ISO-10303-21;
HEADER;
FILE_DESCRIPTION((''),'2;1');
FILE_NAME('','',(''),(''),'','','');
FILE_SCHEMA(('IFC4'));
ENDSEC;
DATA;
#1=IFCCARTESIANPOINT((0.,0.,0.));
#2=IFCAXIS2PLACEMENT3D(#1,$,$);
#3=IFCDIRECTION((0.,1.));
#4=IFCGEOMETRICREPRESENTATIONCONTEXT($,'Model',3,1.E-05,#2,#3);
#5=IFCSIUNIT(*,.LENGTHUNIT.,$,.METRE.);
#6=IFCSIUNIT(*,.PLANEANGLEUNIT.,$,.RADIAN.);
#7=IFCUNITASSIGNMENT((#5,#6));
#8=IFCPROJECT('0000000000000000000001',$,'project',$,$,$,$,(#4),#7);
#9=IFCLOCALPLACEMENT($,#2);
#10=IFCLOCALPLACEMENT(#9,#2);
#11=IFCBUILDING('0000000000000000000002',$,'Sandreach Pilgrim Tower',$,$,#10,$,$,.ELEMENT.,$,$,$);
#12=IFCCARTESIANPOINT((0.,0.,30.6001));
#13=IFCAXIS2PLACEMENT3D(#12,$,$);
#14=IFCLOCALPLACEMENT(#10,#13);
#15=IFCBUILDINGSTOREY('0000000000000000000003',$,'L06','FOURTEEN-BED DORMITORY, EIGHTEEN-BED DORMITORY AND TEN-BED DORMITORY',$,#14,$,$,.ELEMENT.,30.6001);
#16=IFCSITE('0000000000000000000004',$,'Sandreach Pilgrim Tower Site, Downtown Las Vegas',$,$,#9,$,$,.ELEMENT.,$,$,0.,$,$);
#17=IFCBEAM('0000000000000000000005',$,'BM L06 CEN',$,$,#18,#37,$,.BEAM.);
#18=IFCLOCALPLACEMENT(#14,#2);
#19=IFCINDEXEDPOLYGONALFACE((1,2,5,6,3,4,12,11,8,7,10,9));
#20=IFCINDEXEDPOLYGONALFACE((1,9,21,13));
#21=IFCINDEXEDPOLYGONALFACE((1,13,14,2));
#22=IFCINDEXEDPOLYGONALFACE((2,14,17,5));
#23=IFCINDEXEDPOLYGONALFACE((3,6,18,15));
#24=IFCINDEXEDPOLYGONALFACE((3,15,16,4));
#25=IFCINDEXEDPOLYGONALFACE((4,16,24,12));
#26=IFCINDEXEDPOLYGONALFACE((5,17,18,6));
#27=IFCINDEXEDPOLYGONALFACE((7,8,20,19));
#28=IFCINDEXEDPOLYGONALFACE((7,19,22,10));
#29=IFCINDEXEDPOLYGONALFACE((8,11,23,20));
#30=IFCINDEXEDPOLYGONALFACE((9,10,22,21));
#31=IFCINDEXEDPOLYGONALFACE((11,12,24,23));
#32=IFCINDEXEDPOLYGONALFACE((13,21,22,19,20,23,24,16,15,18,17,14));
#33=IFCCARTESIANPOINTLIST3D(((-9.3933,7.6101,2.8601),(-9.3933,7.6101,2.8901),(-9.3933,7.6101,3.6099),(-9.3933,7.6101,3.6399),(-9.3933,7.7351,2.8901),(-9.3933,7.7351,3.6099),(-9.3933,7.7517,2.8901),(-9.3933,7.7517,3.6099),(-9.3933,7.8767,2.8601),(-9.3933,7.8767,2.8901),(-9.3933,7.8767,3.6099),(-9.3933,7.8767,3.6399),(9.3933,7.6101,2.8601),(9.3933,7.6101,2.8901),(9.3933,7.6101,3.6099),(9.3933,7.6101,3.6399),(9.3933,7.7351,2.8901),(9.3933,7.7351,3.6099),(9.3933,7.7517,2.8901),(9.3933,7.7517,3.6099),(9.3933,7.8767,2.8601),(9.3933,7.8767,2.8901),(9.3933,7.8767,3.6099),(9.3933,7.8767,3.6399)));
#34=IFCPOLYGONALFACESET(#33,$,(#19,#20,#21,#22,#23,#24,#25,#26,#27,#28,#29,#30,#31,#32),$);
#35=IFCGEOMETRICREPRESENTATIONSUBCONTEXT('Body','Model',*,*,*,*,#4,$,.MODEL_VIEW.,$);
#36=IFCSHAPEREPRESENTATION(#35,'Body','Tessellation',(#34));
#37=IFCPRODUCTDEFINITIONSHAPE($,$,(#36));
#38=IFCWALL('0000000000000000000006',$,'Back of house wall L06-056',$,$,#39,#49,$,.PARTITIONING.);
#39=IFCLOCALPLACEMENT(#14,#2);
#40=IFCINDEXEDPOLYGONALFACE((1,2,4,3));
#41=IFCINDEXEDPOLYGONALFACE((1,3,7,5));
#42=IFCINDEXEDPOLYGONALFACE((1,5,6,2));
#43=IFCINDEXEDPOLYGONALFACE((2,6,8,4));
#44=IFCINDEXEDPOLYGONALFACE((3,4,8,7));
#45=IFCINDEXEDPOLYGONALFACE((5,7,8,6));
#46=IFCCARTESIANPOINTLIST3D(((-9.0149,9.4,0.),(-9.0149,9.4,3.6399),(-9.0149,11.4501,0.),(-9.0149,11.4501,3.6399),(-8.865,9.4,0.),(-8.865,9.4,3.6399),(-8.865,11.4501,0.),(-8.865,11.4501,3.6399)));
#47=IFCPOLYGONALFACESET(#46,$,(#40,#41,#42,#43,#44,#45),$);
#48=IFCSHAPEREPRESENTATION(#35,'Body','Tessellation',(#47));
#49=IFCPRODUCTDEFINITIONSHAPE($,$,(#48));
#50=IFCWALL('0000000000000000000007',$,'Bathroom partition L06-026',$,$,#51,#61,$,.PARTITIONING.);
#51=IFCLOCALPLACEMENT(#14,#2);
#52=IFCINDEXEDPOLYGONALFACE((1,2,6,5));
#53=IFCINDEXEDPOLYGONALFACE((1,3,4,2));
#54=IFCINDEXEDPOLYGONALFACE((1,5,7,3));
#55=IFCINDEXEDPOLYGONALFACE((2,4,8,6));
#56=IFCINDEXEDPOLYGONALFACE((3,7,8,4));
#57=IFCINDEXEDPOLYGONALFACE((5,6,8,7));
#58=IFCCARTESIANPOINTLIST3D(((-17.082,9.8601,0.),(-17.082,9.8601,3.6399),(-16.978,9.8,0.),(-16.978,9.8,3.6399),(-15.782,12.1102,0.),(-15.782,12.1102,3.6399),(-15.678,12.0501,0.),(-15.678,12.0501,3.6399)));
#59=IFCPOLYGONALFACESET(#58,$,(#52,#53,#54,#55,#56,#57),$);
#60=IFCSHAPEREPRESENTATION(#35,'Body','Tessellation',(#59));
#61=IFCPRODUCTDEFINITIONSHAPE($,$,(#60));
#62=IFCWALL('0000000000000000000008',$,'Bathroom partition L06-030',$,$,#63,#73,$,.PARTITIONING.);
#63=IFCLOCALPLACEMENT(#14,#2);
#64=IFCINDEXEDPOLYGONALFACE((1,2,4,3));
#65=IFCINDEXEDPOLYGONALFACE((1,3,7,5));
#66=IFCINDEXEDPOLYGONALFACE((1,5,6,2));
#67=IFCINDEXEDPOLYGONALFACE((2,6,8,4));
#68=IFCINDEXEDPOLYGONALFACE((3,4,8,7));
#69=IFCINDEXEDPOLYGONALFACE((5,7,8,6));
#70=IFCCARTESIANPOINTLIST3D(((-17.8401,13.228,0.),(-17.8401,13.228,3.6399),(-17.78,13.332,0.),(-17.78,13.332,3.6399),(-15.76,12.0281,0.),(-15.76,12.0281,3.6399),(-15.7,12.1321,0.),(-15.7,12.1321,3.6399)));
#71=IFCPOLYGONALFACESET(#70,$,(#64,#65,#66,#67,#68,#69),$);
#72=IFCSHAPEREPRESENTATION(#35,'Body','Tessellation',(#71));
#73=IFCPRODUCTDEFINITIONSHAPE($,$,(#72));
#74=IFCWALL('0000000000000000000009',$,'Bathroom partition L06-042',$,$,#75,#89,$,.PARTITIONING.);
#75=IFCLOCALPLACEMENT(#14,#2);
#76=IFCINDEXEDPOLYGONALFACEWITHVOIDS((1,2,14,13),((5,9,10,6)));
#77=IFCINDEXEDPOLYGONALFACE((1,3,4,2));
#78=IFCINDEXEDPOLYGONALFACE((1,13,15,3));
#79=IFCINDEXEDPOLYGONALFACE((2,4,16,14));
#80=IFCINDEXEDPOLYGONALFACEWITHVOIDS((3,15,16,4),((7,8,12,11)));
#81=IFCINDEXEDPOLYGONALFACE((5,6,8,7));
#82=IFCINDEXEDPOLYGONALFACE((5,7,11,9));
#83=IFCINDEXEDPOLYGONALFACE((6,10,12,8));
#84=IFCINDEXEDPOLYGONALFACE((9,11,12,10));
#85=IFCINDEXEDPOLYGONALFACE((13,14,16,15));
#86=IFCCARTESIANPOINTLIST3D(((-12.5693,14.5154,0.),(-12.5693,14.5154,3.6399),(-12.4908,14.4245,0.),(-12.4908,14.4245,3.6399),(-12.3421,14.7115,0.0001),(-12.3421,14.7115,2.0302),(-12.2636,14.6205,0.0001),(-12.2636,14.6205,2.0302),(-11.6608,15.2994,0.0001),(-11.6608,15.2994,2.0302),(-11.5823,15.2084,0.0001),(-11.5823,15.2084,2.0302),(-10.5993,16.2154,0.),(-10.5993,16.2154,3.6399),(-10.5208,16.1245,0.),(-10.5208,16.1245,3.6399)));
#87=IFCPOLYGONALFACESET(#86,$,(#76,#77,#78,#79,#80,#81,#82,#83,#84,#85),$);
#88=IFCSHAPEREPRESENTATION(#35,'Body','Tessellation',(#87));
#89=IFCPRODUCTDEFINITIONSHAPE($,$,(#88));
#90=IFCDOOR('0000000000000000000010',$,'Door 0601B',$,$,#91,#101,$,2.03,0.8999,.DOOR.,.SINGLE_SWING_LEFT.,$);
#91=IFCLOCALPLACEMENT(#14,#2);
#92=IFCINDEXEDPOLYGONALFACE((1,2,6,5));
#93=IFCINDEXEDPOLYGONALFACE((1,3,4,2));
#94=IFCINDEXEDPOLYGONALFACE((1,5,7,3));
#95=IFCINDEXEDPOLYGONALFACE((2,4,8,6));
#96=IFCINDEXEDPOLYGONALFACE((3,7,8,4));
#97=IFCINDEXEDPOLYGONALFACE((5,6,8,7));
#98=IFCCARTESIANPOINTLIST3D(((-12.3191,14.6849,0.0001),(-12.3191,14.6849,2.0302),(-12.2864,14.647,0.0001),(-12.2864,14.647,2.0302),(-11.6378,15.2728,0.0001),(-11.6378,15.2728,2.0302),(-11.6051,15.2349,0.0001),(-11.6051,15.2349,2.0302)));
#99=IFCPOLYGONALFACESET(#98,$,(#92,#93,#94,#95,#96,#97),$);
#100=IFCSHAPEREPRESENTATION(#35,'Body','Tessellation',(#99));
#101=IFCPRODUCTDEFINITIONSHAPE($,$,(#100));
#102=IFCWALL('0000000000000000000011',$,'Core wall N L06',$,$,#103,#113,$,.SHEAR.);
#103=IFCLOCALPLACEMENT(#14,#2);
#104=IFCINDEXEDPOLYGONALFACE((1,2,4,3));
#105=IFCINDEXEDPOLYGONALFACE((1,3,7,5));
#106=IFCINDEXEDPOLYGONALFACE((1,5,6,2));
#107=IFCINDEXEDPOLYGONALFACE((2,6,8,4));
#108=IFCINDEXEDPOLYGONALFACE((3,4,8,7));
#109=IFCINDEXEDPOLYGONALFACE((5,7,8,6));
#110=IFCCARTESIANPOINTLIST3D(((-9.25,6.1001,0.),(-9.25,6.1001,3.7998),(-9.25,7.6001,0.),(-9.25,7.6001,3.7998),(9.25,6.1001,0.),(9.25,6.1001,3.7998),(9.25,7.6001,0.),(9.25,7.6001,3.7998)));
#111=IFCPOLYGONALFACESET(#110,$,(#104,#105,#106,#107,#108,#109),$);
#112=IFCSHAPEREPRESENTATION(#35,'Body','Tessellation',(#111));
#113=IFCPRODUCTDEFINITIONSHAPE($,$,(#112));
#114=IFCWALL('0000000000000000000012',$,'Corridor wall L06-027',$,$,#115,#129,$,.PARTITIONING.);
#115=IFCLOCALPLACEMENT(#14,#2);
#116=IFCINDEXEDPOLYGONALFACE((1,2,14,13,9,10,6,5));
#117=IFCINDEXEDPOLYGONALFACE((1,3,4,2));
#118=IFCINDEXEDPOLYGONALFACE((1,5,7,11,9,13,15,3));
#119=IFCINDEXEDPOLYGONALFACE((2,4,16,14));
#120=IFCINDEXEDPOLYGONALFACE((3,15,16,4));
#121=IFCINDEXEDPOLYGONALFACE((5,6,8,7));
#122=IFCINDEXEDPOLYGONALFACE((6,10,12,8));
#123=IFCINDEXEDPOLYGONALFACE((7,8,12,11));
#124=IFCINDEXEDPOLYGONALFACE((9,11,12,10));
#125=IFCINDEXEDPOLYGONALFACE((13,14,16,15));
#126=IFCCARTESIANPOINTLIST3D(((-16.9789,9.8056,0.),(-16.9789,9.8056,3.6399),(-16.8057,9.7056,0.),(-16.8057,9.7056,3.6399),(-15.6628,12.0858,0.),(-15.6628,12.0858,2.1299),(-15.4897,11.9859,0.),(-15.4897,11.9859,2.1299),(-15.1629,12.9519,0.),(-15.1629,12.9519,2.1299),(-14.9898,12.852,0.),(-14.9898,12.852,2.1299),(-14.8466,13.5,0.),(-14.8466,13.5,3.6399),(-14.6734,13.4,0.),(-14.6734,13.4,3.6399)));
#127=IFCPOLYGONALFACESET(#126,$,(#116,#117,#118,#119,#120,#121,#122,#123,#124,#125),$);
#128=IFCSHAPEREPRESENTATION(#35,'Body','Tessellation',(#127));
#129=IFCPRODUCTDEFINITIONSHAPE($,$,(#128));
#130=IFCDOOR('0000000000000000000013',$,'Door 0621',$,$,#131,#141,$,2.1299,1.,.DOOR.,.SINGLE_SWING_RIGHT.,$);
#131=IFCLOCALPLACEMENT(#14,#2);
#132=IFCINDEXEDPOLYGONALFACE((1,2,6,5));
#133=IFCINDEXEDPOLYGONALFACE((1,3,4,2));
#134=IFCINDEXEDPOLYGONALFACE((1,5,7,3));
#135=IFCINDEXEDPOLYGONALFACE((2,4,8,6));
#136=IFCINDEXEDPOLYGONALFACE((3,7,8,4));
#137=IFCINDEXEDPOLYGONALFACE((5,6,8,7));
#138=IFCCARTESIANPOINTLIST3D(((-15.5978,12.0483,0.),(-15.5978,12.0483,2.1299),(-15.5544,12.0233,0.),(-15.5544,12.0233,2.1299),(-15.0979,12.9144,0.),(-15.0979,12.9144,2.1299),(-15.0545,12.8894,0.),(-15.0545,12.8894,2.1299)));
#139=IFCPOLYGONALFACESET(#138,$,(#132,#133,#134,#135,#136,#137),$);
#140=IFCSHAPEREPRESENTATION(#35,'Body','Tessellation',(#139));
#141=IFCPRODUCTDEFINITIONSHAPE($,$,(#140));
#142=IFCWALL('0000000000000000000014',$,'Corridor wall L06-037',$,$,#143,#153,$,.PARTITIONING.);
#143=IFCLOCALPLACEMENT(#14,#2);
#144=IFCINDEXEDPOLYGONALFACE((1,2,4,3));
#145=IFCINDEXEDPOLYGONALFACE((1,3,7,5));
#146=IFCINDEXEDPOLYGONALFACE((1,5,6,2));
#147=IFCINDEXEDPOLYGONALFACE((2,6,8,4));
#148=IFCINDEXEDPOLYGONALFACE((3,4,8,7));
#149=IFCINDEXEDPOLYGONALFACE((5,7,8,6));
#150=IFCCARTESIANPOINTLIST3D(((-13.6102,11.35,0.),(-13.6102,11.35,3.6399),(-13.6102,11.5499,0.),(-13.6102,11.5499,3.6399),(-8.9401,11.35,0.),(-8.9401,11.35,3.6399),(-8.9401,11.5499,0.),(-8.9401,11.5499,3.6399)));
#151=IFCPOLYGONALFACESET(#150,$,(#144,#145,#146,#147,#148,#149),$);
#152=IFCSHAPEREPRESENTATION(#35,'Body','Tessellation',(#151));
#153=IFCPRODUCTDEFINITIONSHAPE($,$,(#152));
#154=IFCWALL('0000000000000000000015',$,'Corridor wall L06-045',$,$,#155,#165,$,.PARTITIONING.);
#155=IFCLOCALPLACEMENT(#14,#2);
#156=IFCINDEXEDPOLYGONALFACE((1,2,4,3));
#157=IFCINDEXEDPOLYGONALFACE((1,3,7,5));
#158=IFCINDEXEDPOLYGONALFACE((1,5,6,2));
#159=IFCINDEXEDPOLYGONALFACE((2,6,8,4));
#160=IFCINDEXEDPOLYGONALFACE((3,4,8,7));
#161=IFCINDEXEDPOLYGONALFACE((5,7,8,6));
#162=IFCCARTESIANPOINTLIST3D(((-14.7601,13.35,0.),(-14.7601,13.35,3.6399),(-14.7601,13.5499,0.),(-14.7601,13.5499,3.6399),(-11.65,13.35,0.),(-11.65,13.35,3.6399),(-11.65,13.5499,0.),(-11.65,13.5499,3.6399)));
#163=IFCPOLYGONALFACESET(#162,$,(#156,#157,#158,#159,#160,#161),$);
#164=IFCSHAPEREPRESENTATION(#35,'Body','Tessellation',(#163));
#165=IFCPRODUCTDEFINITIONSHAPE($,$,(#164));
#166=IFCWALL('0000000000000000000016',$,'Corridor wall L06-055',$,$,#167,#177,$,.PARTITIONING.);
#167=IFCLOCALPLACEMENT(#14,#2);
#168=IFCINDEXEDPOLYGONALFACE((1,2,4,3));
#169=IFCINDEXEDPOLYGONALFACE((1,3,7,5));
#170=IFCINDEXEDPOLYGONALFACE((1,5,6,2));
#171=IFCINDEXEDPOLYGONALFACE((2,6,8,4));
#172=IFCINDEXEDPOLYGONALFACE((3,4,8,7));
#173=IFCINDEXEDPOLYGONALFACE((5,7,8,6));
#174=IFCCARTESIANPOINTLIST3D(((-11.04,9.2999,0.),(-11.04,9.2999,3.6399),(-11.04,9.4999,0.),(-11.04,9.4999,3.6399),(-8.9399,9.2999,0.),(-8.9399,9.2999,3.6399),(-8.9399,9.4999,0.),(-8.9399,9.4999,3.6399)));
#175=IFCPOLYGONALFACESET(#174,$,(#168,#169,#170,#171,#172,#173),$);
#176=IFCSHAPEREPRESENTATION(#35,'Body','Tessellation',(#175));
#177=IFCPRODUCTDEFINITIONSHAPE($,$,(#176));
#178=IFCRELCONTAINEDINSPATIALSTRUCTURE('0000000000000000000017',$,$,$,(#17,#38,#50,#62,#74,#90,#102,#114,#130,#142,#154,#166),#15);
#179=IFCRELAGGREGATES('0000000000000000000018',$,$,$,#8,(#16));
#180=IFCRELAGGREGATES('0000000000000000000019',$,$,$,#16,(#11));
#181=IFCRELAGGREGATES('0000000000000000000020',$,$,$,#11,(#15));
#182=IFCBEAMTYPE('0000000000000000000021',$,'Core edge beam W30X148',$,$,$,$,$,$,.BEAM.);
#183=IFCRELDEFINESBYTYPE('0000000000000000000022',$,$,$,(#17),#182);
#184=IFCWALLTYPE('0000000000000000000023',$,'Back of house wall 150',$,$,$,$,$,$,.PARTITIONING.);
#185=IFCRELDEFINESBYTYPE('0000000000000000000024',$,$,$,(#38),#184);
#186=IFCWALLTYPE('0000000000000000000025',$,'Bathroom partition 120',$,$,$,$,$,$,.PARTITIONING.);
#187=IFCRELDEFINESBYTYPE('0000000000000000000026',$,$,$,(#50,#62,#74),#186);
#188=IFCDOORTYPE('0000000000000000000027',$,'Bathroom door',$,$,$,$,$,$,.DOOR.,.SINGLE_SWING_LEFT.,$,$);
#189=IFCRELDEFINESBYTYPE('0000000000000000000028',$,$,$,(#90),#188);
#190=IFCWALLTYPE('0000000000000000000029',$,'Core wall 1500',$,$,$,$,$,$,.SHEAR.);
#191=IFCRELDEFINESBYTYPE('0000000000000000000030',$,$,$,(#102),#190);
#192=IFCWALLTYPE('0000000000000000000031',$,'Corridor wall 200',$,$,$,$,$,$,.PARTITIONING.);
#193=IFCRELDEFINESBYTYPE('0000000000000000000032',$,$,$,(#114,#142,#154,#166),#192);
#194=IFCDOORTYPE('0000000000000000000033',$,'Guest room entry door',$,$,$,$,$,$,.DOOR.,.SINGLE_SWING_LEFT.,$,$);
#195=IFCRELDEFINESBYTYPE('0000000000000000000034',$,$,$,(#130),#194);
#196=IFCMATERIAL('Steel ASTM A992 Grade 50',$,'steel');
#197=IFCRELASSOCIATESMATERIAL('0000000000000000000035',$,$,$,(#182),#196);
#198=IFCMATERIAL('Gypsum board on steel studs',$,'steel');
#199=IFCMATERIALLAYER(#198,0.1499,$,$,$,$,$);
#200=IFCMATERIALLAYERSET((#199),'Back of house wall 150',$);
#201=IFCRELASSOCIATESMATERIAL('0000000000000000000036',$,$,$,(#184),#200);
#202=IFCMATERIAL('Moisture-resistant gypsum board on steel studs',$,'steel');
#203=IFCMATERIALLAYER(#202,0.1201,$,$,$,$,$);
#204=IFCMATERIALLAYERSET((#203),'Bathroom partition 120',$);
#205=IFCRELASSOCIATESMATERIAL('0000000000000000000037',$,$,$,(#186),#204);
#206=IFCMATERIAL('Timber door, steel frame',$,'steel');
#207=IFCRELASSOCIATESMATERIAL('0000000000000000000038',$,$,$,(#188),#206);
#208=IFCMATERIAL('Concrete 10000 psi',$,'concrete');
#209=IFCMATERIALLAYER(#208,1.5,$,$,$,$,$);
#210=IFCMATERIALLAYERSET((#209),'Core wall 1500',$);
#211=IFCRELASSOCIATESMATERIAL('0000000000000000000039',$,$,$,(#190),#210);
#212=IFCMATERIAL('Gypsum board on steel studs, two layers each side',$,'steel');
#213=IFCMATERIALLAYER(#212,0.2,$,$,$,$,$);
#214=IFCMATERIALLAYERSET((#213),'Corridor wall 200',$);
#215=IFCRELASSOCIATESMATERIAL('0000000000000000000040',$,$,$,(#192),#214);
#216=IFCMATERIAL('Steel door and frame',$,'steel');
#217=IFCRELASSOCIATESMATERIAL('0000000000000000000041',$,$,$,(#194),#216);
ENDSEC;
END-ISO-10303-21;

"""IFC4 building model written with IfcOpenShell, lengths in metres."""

from ifc_helpers import new_model, si_unit, direction, frame, frame_2d, origin, origin_2d, place, context, subcontext, project, spatial, rectangle, i_section, extrude, material, layer, layer_set, material_profile, profile_set, type_object, element, fill, save


model = new_model("IFC4")

# Units and contexts
model_context = context("Model", 3, precision=1e-05, world=origin(), true_north=direction((0.0, 1.0)))
body_context = subcontext(model_context, "Body", "Model", "MODEL_VIEW")
ifc_project = project(units=[si_unit("LENGTHUNIT", "METRE"), si_unit("PLANEANGLEUNIT", "RADIAN")], contexts=[model_context])

# Site, building, storey
site_placement = place(None, origin())
site = spatial("IfcSite", under=ifc_project, at=site_placement, Name="Sandreach Pilgrim Tower Site, Downtown Las Vegas", CompositionType="ELEMENT", RefElevation=0.0)
building_placement = place(site_placement, origin())
building = spatial("IfcBuilding", under=site, at=building_placement, Name="Sandreach Pilgrim Tower", CompositionType="ELEMENT")
storey_placement = place(building_placement, frame((0.0, 0.0, 30.6001)))
storey = spatial("IfcBuildingStorey", under=building, at=storey_placement, Name="L06", Description="FOURTEEN-BED DORMITORY, EIGHTEEN-BED DORMITORY AND TEN-BED DORMITORY", CompositionType="ELEMENT", Elevation=30.6001)

# Beam
ifc_material_1 = material(Name="Steel ASTM A992 Grade 50", Category="steel")
ifc_material_profile = material_profile(ifc_material_1, i_section(OverallWidth=0.2666, OverallDepth=0.7798, WebThickness=0.0166, FlangeThickness=0.03, at=origin_2d()), Name="W30X148")
ifc_profile_set = profile_set([ifc_material_profile], Name="Steel ASTM A992 Grade 50")
beam_type = type_object("IfcBeamType", Name="Core edge beam W30X148", PredefinedType="BEAM", material=ifc_profile_set)
beam_placement = place(storey_placement, frame((-9.3933, 7.7434, 3.25), z_axis=(1.0, 0.0, 0.0), x_axis=(0.0, 1.0, 0.0)))
element("IfcBeam", 1, at=beam_placement, inside=storey, type_object=beam_type, Name="BM L06 CEN", PredefinedType="BEAM", context=body_context, shape_type="SweptSolid", body=[
    extrude(i_section(OverallWidth=0.2666, OverallDepth=0.7798, WebThickness=0.0166, FlangeThickness=0.03, at=origin_2d()), origin(), (0.0, 0.0, 1.0), 18.7866),
])

# Walls
ifc_material_2 = material(Name="Gypsum board on steel studs", Category="steel")
ifc_layer_1 = layer(ifc_material_2, 0.1499)
ifc_layer_set_1 = layer_set([ifc_layer_1], Name="Back of house wall 150")
wall_type_1 = type_object("IfcWallType", Name="Back of house wall 150", PredefinedType="PARTITIONING", material=ifc_layer_set_1)
wall_1_placement = place(storey_placement, frame((-8.9399, 11.45, 0.0), z_axis=(0.0, 0.0, 1.0), x_axis=(0.0, -1.0, 0.0)))
element("IfcWall", 2, at=wall_1_placement, inside=storey, type_object=wall_type_1, Name="Back of house wall L06-056", PredefinedType="PARTITIONING", context=body_context, shape_type="SweptSolid", body=[
    extrude(rectangle(XDim=2.05, YDim=0.1499, at=frame_2d((1.0249, 0.0))), origin(), (0.0, 0.0, 1.0), 3.6399),
])
ifc_material_3 = material(Name="Moisture-resistant gypsum board on steel studs", Category="steel")
ifc_layer_2 = layer(ifc_material_3, 0.1201)
ifc_layer_set_2 = layer_set([ifc_layer_2], Name="Bathroom partition 120")
wall_type_2 = type_object("IfcWallType", Name="Bathroom partition 120", PredefinedType="PARTITIONING", material=ifc_layer_set_2)
wall_2_placement = place(storey_placement, frame((-17.03, 9.8301, 0.0), z_axis=(0.0, 0.0, 1.0), x_axis=(0.500292, 0.865857, 0.0)))
element("IfcWall", 3, at=wall_2_placement, inside=storey, type_object=wall_type_2, Name="Bathroom partition L06-026", PredefinedType="PARTITIONING", context=body_context, shape_type="SweptSolid", body=[
    extrude(rectangle(XDim=2.5986, YDim=0.1201, at=frame_2d((1.2993, 0.0))), origin(), (0.0, 0.0, 1.0), 3.6399),
])
wall_3_placement = place(storey_placement, frame((-15.73, 12.0801, 0.0), z_axis=(0.0, 0.0, 1.0), x_axis=(-0.866203, 0.499693, 0.0)))
element("IfcWall", 4, at=wall_3_placement, inside=storey, type_object=wall_type_2, Name="Bathroom partition L06-030", PredefinedType="PARTITIONING", context=body_context, shape_type="SweptSolid", body=[
    extrude(rectangle(XDim=2.4014, YDim=0.1201, at=frame_2d((1.2007, 0.0))), origin(), (0.0, 0.0, 1.0), 3.6399),
])

# Wall, opening, door
wall_4_placement = place(storey_placement, frame((-12.53, 14.47, 0.0), z_axis=(0.0, 0.0, 1.0), x_axis=(0.757087, 0.653314, 0.0)))
wall_4 = element("IfcWall", 5, at=wall_4_placement, inside=storey, type_object=wall_type_2, Name="Bathroom partition L06-042", PredefinedType="PARTITIONING", context=body_context, shape_type="SweptSolid", body=[
    extrude(rectangle(XDim=2.6021, YDim=0.1201, at=frame_2d((1.301, 0.0))), origin(), (0.0, 0.0, 1.0), 3.6399),
])
opening_1_placement = place(wall_4_placement, frame((0.3, 0.0, 0.0)))
opening_1 = element("IfcOpeningElement", 6, at=opening_1_placement, cuts=wall_4, PredefinedType="OPENING", context=body_context, shape_type="SweptSolid", body=[
    extrude(rectangle(XDim=0.8999, YDim=2.03, at=frame_2d((0.45, 1.0151))), frame((0.0, 0.0601, 0.0), z_axis=(0.0, -1.0, 0.0), x_axis=(1.0, 0.0, 0.0)), (0.0, 0.0, 1.0), 0.1201),
])
ifc_material_4 = material(Name="Timber door, steel frame", Category="steel")
door_type_1 = type_object("IfcDoorType", Name="Bathroom door", OperationType="SINGLE_SWING_LEFT", PredefinedType="DOOR", material=ifc_material_4)
door_1_placement = place(opening_1_placement, origin())
door_1 = element("IfcDoor", 7, at=door_1_placement, inside=storey, type_object=door_type_1, Name="Door 0601B", OperationType="SINGLE_SWING_LEFT", OverallHeight=2.03, OverallWidth=0.8999, PredefinedType="DOOR", context=body_context, shape_type="SweptSolid", body=[
    extrude(rectangle(XDim=0.8999, YDim=2.03, at=frame_2d((0.45, 1.0151))), frame((0.0, 0.0249, 0.0), z_axis=(0.0, -1.0, 0.0), x_axis=(1.0, 0.0, 0.0)), (0.0, 0.0, 1.0), 0.05),
])
fill(opening_1, door_1)

# Wall
ifc_material_5 = material(Name="Concrete 10000 psi", Category="concrete")
ifc_layer_3 = layer(ifc_material_5, 1.5)
ifc_layer_set_3 = layer_set([ifc_layer_3], Name="Core wall 1500")
wall_type_3 = type_object("IfcWallType", Name="Core wall 1500", PredefinedType="SHEAR", material=ifc_layer_set_3)
wall_5_placement = place(storey_placement, frame((-9.25, 6.8501, 0.0), z_axis=(0.0, 0.0, 1.0), x_axis=(1.0, 0.0, 0.0)))
element("IfcWall", 8, at=wall_5_placement, inside=storey, type_object=wall_type_3, Name="Core wall N L06", PredefinedType="SHEAR", context=body_context, shape_type="SweptSolid", body=[
    extrude(rectangle(XDim=18.5, YDim=1.5, at=frame_2d((9.25, 0.0))), origin(), (0.0, 0.0, 1.0), 3.7998),
])

# Wall, opening, door
ifc_material_6 = material(Name="Gypsum board on steel studs, two layers each side", Category="steel")
ifc_layer_4 = layer(ifc_material_6, 0.2)
ifc_layer_set_4 = layer_set([ifc_layer_4], Name="Corridor wall 200")
wall_type_4 = type_object("IfcWallType", Name="Corridor wall 200", PredefinedType="PARTITIONING", material=ifc_layer_set_4)
wall_6_placement = place(storey_placement, frame((-16.8923, 9.7556, 0.0), z_axis=(0.0, 0.0, 1.0), x_axis=(0.499894, 0.866086, 0.0)))
wall_6 = element("IfcWall", 9, at=wall_6_placement, inside=storey, type_object=wall_type_4, Name="Corridor wall L06-027", PredefinedType="PARTITIONING", context=body_context, shape_type="SweptSolid", body=[
    extrude(rectangle(XDim=4.2656, YDim=0.2, at=frame_2d((2.1328, 0.0))), origin(), (0.0, 0.0, 1.0), 3.6399),
])
opening_2_placement = place(wall_6_placement, frame((2.6328, 0.0, 0.0)))
opening_2 = element("IfcOpeningElement", 10, at=opening_2_placement, cuts=wall_6, PredefinedType="OPENING", context=body_context, shape_type="SweptSolid", body=[
    extrude(rectangle(XDim=1.0, YDim=2.1299, at=frame_2d((0.5, 1.0649))), frame((0.0, 0.1001, 0.0), z_axis=(0.0, -1.0, 0.0), x_axis=(1.0, 0.0, 0.0)), (0.0, 0.0, 1.0), 0.2),
])
ifc_material_7 = material(Name="Steel door and frame", Category="steel")
door_type_2 = type_object("IfcDoorType", Name="Guest room entry door", OperationType="SINGLE_SWING_LEFT", PredefinedType="DOOR", material=ifc_material_7)
door_2_placement = place(opening_2_placement, origin())
door_2 = element("IfcDoor", 11, at=door_2_placement, inside=storey, type_object=door_type_2, Name="Door 0621", OperationType="SINGLE_SWING_RIGHT", OverallHeight=2.1299, OverallWidth=1.0, PredefinedType="DOOR", context=body_context, shape_type="SweptSolid", body=[
    extrude(rectangle(XDim=1.0, YDim=2.1299, at=frame_2d((0.5, 1.0649))), frame((0.0, 0.0249, 0.0), z_axis=(0.0, -1.0, 0.0), x_axis=(1.0, 0.0, 0.0)), (0.0, 0.0, 1.0), 0.05),
])
fill(opening_2, door_2)

# Walls
wall_7_placement = place(storey_placement, frame((-13.6101, 11.45, 0.0), z_axis=(0.0, 0.0, 1.0), x_axis=(1.0, 0.0, 0.0)))
element("IfcWall", 12, at=wall_7_placement, inside=storey, type_object=wall_type_4, Name="Corridor wall L06-037", PredefinedType="PARTITIONING", context=body_context, shape_type="SweptSolid", body=[
    extrude(rectangle(XDim=4.6702, YDim=0.2, at=frame_2d((2.335, 0.0))), origin(), (0.0, 0.0, 1.0), 3.6399),
])
wall_8_placement = place(storey_placement, frame((-11.6499, 13.45, 0.0), z_axis=(0.0, 0.0, 1.0), x_axis=(-1.0, 0.0, 0.0)))
element("IfcWall", 13, at=wall_8_placement, inside=storey, type_object=wall_type_4, Name="Corridor wall L06-045", PredefinedType="PARTITIONING", context=body_context, shape_type="SweptSolid", body=[
    extrude(rectangle(XDim=3.1101, YDim=0.2, at=frame_2d((1.5552, 0.0))), origin(), (0.0, 0.0, 1.0), 3.6399),
])

# Wall
wall_9_placement = place(storey_placement, frame((-8.9399, 9.3999, 0.0), z_axis=(0.0, 0.0, 1.0), x_axis=(-1.0, 0.0, 0.0)))
element("IfcWall", 14, at=wall_9_placement, inside=storey, type_object=wall_type_4, Name="Corridor wall L06-055", PredefinedType="PARTITIONING", context=body_context, shape_type="SweptSolid", body=[
    extrude(rectangle(XDim=2.1001, YDim=0.2, at=frame_2d((1.05, 0.0))), origin(), (0.0, 0.0, 1.0), 3.6399),
])

save(model, "model.ifc")
